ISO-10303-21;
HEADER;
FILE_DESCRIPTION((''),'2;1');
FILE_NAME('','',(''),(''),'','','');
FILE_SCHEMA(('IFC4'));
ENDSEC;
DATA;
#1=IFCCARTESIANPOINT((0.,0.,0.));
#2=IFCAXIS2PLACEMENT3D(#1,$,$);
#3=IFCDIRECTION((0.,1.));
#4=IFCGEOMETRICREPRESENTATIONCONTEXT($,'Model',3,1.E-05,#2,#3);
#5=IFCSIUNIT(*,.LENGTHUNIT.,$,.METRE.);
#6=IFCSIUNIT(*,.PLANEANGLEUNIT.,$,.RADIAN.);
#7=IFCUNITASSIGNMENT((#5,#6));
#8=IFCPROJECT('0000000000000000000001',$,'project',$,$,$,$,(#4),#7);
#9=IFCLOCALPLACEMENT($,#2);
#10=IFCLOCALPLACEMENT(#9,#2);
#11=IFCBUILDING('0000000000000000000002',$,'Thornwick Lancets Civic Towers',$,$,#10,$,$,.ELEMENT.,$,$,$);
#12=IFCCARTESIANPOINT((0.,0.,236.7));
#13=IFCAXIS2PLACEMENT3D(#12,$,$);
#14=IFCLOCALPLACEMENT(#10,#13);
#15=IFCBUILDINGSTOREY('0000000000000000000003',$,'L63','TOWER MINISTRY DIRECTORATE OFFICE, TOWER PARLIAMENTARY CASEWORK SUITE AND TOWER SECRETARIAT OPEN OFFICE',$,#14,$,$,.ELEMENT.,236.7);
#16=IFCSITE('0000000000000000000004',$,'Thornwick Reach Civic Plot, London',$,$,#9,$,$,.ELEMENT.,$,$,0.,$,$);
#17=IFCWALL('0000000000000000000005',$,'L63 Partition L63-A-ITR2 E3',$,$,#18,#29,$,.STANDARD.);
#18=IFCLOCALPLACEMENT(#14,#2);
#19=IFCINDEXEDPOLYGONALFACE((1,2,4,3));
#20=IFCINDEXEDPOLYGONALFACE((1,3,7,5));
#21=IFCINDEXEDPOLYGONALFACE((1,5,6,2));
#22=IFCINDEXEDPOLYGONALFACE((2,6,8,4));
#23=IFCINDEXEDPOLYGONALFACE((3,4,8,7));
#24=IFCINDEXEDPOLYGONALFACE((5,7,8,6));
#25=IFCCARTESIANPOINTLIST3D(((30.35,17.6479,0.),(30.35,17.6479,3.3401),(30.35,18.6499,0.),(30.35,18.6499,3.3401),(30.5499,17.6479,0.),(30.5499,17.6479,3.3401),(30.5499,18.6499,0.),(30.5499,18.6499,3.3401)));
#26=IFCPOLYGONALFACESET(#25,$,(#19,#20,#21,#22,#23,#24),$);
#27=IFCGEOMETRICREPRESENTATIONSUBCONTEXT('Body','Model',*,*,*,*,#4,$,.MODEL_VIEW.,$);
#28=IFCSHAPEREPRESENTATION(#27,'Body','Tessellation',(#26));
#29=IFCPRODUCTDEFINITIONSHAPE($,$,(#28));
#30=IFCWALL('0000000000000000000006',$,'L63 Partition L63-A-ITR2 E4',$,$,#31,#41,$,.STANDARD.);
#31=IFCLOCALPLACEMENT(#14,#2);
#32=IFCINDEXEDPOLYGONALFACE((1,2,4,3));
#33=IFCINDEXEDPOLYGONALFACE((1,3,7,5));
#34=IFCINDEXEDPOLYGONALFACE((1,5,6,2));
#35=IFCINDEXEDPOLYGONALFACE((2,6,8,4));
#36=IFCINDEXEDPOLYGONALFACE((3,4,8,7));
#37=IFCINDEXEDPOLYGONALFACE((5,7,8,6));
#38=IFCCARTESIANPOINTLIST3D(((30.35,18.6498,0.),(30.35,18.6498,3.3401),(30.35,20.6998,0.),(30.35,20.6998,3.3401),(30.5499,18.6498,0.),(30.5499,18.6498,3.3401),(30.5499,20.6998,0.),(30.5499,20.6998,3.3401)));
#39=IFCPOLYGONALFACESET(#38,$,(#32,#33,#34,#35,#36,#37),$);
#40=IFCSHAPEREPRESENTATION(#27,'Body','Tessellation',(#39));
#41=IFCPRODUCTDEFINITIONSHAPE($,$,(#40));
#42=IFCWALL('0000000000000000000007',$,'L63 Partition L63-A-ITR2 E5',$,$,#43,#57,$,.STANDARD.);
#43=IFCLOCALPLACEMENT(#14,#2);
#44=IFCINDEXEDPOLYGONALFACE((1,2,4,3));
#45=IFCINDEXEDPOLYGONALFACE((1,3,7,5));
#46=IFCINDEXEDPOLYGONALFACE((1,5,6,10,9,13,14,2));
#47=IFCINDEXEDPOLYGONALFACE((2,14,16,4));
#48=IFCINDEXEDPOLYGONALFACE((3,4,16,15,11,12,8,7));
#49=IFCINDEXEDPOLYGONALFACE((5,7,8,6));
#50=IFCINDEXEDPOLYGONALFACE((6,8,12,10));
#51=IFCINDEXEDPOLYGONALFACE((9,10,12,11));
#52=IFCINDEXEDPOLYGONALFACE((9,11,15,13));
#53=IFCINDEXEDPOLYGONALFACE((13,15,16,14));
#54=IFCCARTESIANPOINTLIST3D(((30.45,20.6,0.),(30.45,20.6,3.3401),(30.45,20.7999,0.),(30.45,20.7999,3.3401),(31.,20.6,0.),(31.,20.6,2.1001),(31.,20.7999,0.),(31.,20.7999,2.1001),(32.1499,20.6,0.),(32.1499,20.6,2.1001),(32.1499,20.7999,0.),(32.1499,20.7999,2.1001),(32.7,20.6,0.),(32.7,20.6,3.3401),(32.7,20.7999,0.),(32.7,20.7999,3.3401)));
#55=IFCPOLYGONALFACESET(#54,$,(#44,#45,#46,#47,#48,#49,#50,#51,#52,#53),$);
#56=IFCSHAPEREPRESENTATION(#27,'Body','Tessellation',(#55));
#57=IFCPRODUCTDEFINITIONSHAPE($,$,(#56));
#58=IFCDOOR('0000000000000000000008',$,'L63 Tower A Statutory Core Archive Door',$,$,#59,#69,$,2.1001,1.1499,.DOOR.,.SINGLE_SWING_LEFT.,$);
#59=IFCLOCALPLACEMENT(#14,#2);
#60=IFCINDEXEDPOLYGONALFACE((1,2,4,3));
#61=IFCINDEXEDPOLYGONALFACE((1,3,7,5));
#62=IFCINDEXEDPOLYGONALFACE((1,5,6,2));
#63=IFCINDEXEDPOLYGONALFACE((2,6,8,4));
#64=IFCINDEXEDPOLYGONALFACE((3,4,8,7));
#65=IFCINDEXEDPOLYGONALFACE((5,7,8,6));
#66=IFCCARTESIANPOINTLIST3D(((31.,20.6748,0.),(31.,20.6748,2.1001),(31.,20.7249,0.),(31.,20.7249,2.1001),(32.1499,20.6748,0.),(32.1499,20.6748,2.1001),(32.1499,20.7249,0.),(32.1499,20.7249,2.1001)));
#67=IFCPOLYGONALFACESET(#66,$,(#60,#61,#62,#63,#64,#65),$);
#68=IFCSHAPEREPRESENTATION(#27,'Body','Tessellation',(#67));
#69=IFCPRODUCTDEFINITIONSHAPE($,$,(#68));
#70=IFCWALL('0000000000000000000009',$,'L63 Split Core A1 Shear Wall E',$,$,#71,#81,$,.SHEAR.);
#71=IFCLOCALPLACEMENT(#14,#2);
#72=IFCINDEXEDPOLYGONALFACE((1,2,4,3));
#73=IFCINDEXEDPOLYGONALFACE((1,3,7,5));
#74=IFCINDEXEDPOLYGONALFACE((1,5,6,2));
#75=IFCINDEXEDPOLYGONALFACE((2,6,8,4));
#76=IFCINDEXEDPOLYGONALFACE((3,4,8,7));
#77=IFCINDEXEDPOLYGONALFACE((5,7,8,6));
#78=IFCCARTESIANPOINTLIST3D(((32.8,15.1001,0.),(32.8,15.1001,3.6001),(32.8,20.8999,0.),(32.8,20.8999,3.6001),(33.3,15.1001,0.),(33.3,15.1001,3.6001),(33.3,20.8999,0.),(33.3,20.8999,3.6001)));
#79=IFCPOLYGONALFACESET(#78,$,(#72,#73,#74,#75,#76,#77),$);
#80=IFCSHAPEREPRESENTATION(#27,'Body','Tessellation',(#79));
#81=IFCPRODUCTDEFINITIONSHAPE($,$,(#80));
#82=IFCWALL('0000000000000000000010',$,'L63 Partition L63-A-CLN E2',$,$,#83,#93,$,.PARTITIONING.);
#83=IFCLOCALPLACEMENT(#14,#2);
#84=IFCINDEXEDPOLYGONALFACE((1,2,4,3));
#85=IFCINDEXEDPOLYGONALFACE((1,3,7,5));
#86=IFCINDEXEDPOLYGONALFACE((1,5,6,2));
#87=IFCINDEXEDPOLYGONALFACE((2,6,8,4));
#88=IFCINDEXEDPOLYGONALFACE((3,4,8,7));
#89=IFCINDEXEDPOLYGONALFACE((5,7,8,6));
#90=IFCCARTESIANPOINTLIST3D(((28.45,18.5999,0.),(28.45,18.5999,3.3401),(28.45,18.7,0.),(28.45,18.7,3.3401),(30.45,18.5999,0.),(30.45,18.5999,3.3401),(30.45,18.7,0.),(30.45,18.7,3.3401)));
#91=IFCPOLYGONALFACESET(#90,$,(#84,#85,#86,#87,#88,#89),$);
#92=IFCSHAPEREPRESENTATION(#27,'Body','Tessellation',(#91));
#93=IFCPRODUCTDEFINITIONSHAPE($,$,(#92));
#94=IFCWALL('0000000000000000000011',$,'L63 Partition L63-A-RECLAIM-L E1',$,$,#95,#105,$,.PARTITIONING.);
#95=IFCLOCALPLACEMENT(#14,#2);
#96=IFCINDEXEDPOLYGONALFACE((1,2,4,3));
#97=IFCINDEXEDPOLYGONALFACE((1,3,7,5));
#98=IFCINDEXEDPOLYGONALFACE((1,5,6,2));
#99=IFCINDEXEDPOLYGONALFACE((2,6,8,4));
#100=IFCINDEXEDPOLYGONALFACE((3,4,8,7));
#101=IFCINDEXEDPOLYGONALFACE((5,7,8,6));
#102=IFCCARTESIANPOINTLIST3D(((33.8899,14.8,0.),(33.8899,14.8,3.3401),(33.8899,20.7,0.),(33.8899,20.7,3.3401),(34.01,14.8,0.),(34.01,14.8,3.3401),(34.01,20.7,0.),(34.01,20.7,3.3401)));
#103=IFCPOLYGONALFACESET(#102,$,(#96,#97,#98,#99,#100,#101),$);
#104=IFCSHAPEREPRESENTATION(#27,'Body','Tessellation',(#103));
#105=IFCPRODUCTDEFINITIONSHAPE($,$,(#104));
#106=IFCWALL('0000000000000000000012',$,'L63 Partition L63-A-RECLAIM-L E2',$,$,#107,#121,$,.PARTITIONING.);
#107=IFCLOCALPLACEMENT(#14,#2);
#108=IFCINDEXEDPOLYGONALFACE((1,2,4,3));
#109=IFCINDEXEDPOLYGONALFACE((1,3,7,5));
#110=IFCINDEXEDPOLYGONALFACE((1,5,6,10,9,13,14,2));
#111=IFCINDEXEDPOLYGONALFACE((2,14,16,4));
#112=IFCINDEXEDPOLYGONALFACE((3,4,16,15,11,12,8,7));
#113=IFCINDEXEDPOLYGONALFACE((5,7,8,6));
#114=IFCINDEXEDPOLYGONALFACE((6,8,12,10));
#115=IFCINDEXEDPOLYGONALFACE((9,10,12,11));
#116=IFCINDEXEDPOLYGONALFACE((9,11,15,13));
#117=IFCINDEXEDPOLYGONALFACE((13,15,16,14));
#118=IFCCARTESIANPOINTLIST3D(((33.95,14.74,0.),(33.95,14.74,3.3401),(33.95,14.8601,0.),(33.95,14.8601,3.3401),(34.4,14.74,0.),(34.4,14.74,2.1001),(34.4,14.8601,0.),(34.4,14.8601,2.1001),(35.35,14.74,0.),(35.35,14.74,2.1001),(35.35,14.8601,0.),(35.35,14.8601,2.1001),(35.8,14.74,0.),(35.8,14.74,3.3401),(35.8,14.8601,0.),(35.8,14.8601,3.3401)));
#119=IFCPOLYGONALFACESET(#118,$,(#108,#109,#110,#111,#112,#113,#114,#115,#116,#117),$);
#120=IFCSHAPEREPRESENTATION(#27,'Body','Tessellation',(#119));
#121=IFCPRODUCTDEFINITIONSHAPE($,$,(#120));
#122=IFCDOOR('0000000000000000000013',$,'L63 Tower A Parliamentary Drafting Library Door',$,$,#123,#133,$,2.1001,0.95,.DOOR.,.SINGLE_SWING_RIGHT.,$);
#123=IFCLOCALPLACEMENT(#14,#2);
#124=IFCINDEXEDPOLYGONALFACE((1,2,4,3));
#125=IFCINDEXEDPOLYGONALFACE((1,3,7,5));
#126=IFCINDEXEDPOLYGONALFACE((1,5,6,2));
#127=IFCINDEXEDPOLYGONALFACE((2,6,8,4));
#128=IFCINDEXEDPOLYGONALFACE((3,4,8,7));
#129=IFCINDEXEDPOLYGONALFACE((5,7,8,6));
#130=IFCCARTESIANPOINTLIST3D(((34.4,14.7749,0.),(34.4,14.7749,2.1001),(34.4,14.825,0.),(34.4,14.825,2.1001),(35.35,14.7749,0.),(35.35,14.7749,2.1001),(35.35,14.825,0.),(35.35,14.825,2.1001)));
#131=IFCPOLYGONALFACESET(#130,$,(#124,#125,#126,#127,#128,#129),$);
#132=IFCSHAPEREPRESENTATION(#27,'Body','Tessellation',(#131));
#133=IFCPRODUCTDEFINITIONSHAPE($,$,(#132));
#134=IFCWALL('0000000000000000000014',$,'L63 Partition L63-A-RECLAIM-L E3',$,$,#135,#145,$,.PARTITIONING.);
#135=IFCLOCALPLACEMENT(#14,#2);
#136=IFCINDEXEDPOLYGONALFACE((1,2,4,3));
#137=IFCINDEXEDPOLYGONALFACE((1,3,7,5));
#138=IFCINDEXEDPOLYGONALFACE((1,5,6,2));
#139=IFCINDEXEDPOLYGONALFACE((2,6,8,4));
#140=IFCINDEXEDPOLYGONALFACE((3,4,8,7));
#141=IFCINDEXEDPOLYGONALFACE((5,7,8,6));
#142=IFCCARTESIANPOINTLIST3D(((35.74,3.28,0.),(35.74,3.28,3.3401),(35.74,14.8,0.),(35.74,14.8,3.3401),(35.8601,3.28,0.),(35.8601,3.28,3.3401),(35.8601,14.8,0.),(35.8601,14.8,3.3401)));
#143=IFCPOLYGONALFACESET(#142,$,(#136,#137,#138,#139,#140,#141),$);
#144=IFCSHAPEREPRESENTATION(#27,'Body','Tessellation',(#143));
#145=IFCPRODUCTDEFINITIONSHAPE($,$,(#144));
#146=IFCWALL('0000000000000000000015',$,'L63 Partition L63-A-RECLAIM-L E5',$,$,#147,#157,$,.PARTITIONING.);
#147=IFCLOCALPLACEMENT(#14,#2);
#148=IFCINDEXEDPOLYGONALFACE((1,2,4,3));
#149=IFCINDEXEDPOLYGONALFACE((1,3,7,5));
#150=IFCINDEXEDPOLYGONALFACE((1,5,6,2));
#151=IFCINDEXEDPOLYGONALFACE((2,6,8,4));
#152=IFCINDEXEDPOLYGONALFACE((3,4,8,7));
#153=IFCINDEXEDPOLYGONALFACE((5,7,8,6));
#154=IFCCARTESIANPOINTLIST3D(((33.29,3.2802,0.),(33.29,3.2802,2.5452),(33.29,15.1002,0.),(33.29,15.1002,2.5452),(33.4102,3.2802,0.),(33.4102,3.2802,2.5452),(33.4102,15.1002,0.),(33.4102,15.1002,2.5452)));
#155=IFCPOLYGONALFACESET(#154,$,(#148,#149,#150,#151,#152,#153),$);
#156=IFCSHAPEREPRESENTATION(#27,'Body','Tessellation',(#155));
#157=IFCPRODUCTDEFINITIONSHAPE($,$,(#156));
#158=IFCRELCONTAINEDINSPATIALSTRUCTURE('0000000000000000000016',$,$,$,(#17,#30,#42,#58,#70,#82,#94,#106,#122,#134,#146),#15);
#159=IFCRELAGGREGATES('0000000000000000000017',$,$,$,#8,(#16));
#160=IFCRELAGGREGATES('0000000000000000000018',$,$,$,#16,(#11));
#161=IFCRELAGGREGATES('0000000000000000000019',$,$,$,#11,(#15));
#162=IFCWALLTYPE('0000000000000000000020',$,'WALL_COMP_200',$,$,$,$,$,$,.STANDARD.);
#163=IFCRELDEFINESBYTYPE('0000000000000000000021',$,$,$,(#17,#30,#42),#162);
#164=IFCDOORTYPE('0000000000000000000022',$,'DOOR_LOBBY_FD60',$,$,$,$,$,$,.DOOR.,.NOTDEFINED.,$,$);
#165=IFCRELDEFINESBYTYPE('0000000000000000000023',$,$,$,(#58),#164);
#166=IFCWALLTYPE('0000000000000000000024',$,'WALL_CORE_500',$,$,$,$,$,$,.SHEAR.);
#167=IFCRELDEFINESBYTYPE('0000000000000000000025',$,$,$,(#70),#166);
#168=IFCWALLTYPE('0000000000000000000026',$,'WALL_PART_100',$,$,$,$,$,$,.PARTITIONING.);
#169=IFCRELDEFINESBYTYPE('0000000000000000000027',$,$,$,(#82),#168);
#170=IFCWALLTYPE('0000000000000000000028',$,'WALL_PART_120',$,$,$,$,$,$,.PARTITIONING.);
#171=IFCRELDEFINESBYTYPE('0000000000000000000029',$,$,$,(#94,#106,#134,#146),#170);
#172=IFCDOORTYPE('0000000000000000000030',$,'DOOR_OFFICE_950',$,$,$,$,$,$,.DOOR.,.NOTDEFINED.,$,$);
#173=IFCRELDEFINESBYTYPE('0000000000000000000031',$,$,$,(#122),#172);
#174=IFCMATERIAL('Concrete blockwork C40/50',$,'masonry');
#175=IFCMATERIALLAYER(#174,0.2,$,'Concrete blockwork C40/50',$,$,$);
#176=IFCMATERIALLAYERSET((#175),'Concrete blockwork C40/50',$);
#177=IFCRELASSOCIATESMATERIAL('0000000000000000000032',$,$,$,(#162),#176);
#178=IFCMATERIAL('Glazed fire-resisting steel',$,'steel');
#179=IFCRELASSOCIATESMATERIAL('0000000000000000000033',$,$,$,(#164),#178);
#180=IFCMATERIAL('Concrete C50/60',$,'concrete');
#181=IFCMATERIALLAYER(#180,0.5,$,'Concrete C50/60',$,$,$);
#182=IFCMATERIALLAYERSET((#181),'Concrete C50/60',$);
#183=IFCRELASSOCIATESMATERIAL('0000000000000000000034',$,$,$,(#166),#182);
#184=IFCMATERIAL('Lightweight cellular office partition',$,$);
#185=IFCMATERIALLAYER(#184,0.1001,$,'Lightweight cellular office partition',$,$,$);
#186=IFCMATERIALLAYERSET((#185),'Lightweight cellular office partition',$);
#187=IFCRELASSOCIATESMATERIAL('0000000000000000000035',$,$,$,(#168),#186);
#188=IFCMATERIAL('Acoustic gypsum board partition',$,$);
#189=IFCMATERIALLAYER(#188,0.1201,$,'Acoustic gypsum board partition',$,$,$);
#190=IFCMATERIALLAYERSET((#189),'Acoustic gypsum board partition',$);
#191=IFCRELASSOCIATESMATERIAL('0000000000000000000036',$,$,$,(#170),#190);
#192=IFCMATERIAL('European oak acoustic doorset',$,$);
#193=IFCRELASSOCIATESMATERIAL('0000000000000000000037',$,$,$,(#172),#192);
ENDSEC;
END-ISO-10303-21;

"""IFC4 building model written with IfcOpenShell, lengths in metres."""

from ifc_helpers import new_model, si_unit, direction, frame, frame_2d, origin, place, context, subcontext, project, spatial, rectangle, extrude, material, layer, layer_set, type_object, element, fill, save


model = new_model("IFC4")

# Units and contexts
model_context = context("Model", 3, precision=1e-05, world=origin(), true_north=direction((0.0, 1.0)))
body_context = subcontext(model_context, "Body", "Model", "MODEL_VIEW")
ifc_project = project(units=[si_unit("LENGTHUNIT", "METRE"), si_unit("PLANEANGLEUNIT", "RADIAN")], contexts=[model_context])

# Site, building, storey
site_placement = place(None, origin())
site = spatial("IfcSite", under=ifc_project, at=site_placement, Name="Thornwick Reach Civic Plot, London", CompositionType="ELEMENT", RefElevation=0.0)
building_placement = place(site_placement, origin())
building = spatial("IfcBuilding", under=site, at=building_placement, Name="Thornwick Lancets Civic Towers", CompositionType="ELEMENT")
storey_placement = place(building_placement, frame((0.0, 0.0, 236.7)))
storey = spatial("IfcBuildingStorey", under=building, at=storey_placement, Name="L63", Description="TOWER MINISTRY DIRECTORATE OFFICE, TOWER PARLIAMENTARY CASEWORK SUITE AND TOWER SECRETARIAT OPEN OFFICE", CompositionType="ELEMENT", Elevation=236.7)

# Shared definitions
ifc_material_1 = material(Name="Concrete C50/60", Category="concrete")

# Walls
ifc_material_2 = material(Name="Concrete blockwork C40/50", Category="masonry")
ifc_layer_1 = layer(ifc_material_2, 0.2, Name="Concrete blockwork C40/50")
ifc_layer_set_1 = layer_set([ifc_layer_1], Name="Concrete blockwork C40/50")
wall_type_1 = type_object("IfcWallType", Name="WALL_COMP_200", PredefinedType="STANDARD", material=ifc_layer_set_1)
wall_1_placement = place(storey_placement, frame((30.45, 17.6479, 0.0), z_axis=(0.0, 0.0, 1.0), x_axis=(0.0, 1.0, 0.0)))
element("IfcWall", 1, at=wall_1_placement, inside=storey, type_object=wall_type_1, Name="L63 Partition L63-A-ITR2 E3", PredefinedType="STANDARD", context=body_context, shape_type="SweptSolid", body=[
    extrude(rectangle(XDim=1.002, YDim=0.2, at=frame_2d((0.501, 0.0))), origin(), (0.0, 0.0, 1.0), 3.3401),
])
wall_2_placement = place(storey_placement, frame((30.45, 18.6499, 0.0), z_axis=(0.0, 0.0, 1.0), x_axis=(0.0, 1.0, 0.0)))
element("IfcWall", 2, at=wall_2_placement, inside=storey, type_object=wall_type_1, Name="L63 Partition L63-A-ITR2 E4", PredefinedType="STANDARD", context=body_context, shape_type="SweptSolid", body=[
    extrude(rectangle(XDim=2.05, YDim=0.2, at=frame_2d((1.0249, 0.0))), origin(), (0.0, 0.0, 1.0), 3.3401),
])

# Wall, opening, door
wall_3_placement = place(storey_placement, frame((30.45, 20.7, 0.0), z_axis=(0.0, 0.0, 1.0), x_axis=(1.0, 0.0, 0.0)))
wall_3 = element("IfcWall", 3, at=wall_3_placement, inside=storey, type_object=wall_type_1, Name="L63 Partition L63-A-ITR2 E5", PredefinedType="STANDARD", context=body_context, shape_type="SweptSolid", body=[
    extrude(rectangle(XDim=2.25, YDim=0.2, at=frame_2d((1.125, 0.0))), origin(), (0.0, 0.0, 1.0), 3.3401),
])
opening_1_placement = place(wall_3_placement, frame((0.55, 0.0, 0.0)))
opening_1 = element("IfcOpeningElement", 4, at=opening_1_placement, cuts=wall_3, PredefinedType="OPENING", context=body_context, shape_type="SweptSolid", body=[
    extrude(rectangle(XDim=1.1499, YDim=2.1001, at=frame_2d((0.575, 1.05))), frame((0.0, 0.1099, 0.0), z_axis=(0.0, -1.0, 0.0), x_axis=(1.0, 0.0, 0.0)), (0.0, 0.0, 1.0), 0.22),
])
ifc_material_3 = material(Name="Glazed fire-resisting steel", Category="steel")
door_type_1 = type_object("IfcDoorType", Name="DOOR_LOBBY_FD60", OperationType="NOTDEFINED", PredefinedType="DOOR", material=ifc_material_3)
door_1_placement = place(opening_1_placement, origin())
door_1 = element("IfcDoor", 5, at=door_1_placement, inside=storey, type_object=door_type_1, Name="L63 Tower A Statutory Core Archive Door", OperationType="SINGLE_SWING_LEFT", OverallHeight=2.1001, OverallWidth=1.1499, PredefinedType="DOOR", context=body_context, shape_type="SweptSolid", body=[
    extrude(rectangle(XDim=1.1499, YDim=2.1001, at=frame_2d((0.575, 1.05))), frame((0.0, 0.0249, 0.0), z_axis=(0.0, -1.0, 0.0), x_axis=(1.0, 0.0, 0.0)), (0.0, 0.0, 1.0), 0.05),
])
fill(opening_1, door_1)

# Walls
ifc_layer_2 = layer(ifc_material_1, 0.5, Name="Concrete C50/60")
ifc_layer_set_2 = layer_set([ifc_layer_2], Name="Concrete C50/60")
wall_type_2 = type_object("IfcWallType", Name="WALL_CORE_500", PredefinedType="SHEAR", material=ifc_layer_set_2)
wall_4_placement = place(storey_placement, frame((33.05, 15.1001, 0.0), z_axis=(0.0, 0.0, 1.0), x_axis=(0.0, 1.0, 0.0)))
element("IfcWall", 6, at=wall_4_placement, inside=storey, type_object=wall_type_2, Name="L63 Split Core A1 Shear Wall E", PredefinedType="SHEAR", context=body_context, shape_type="SweptSolid", body=[
    extrude(rectangle(XDim=5.7998, YDim=0.5, at=frame_2d((2.8999, 0.0))), origin(), (0.0, 0.0, 1.0), 3.6001),
])
ifc_material_4 = material(Name="Lightweight cellular office partition")
ifc_layer_3 = layer(ifc_material_4, 0.1001, Name="Lightweight cellular office partition")
ifc_layer_set_3 = layer_set([ifc_layer_3], Name="Lightweight cellular office partition")
wall_type_3 = type_object("IfcWallType", Name="WALL_PART_100", PredefinedType="PARTITIONING", material=ifc_layer_set_3)
wall_5_placement = place(storey_placement, frame((30.45, 18.6499, 0.0), z_axis=(0.0, 0.0, 1.0), x_axis=(-1.0, 0.0, 0.0)))
element("IfcWall", 7, at=wall_5_placement, inside=storey, type_object=wall_type_3, Name="L63 Partition L63-A-CLN E2", PredefinedType="PARTITIONING", context=body_context, shape_type="SweptSolid", body=[
    extrude(rectangle(XDim=2.0, YDim=0.1001, at=frame_2d((1.0, 0.0))), origin(), (0.0, 0.0, 1.0), 3.3401),
])
ifc_material_5 = material(Name="Acoustic gypsum board partition")
ifc_layer_4 = layer(ifc_material_5, 0.1201, Name="Acoustic gypsum board partition")
ifc_layer_set_4 = layer_set([ifc_layer_4], Name="Acoustic gypsum board partition")
wall_type_4 = type_object("IfcWallType", Name="WALL_PART_120", PredefinedType="PARTITIONING", material=ifc_layer_set_4)
wall_6_placement = place(storey_placement, frame((33.95, 20.7, 0.0), z_axis=(0.0, 0.0, 1.0), x_axis=(0.0, -1.0, 0.0)))
element("IfcWall", 8, at=wall_6_placement, inside=storey, type_object=wall_type_4, Name="L63 Partition L63-A-RECLAIM-L E1", PredefinedType="PARTITIONING", context=body_context, shape_type="SweptSolid", body=[
    extrude(rectangle(XDim=5.8999, YDim=0.1201, at=frame_2d((2.95, 0.0))), origin(), (0.0, 0.0, 1.0), 3.3401),
])

# Wall, opening, door
wall_7_placement = place(storey_placement, frame((33.95, 14.8, 0.0), z_axis=(0.0, 0.0, 1.0), x_axis=(1.0, 0.0, 0.0)))
wall_7 = element("IfcWall", 9, at=wall_7_placement, inside=storey, type_object=wall_type_4, Name="L63 Partition L63-A-RECLAIM-L E2", PredefinedType="PARTITIONING", context=body_context, shape_type="SweptSolid", body=[
    extrude(rectangle(XDim=1.8501, YDim=0.1201, at=frame_2d((0.925, 0.0))), origin(), (0.0, 0.0, 1.0), 3.3401),
])
opening_2_placement = place(wall_7_placement, frame((0.45, 0.0, 0.0)))
opening_2 = element("IfcOpeningElement", 10, at=opening_2_placement, cuts=wall_7, PredefinedType="OPENING", context=body_context, shape_type="SweptSolid", body=[
    extrude(rectangle(XDim=0.95, YDim=2.1001, at=frame_2d((0.4751, 1.05))), frame((0.0, 0.0701, 0.0), z_axis=(0.0, -1.0, 0.0), x_axis=(1.0, 0.0, 0.0)), (0.0, 0.0, 1.0), 0.1401),
])
ifc_material_6 = material(Name="European oak acoustic doorset")
door_type_2 = type_object("IfcDoorType", Name="DOOR_OFFICE_950", OperationType="NOTDEFINED", PredefinedType="DOOR", material=ifc_material_6)
door_2_placement = place(opening_2_placement, origin())
door_2 = element("IfcDoor", 11, at=door_2_placement, inside=storey, type_object=door_type_2, Name="L63 Tower A Parliamentary Drafting Library Door", OperationType="SINGLE_SWING_RIGHT", OverallHeight=2.1001, OverallWidth=0.95, PredefinedType="DOOR", context=body_context, shape_type="SweptSolid", body=[
    extrude(rectangle(XDim=0.95, YDim=2.1001, at=frame_2d((0.4751, 1.05))), frame((0.0, 0.0249, 0.0), z_axis=(0.0, -1.0, 0.0), x_axis=(1.0, 0.0, 0.0)), (0.0, 0.0, 1.0), 0.05),
])
fill(opening_2, door_2)

# Walls
wall_8_placement = place(storey_placement, frame((35.8, 14.8, 0.0), z_axis=(0.0, 0.0, 1.0), x_axis=(0.0, -1.0, 0.0)))
element("IfcWall", 12, at=wall_8_placement, inside=storey, type_object=wall_type_4, Name="L63 Partition L63-A-RECLAIM-L E3", PredefinedType="PARTITIONING", context=body_context, shape_type="SweptSolid", body=[
    extrude(rectangle(XDim=11.52, YDim=0.1201, at=frame_2d((5.76, 0.0))), origin(), (0.0, 0.0, 1.0), 3.3401),
])
wall_9_placement = place(storey_placement, frame((33.3501, 3.28, 0.0), z_axis=(0.0, 0.0, 1.0), x_axis=(0.0, 1.0, 0.0)))
element("IfcWall", 13, at=wall_9_placement, inside=storey, type_object=wall_type_4, Name="L63 Partition L63-A-RECLAIM-L E5", PredefinedType="PARTITIONING", context=body_context, shape_type="SweptSolid", body=[
    extrude(rectangle(XDim=11.8201, YDim=0.1201, at=frame_2d((5.9102, 0.0))), origin(), (0.0, 0.0, 1.0), 2.5452),
])

save(model, "model.ifc")
